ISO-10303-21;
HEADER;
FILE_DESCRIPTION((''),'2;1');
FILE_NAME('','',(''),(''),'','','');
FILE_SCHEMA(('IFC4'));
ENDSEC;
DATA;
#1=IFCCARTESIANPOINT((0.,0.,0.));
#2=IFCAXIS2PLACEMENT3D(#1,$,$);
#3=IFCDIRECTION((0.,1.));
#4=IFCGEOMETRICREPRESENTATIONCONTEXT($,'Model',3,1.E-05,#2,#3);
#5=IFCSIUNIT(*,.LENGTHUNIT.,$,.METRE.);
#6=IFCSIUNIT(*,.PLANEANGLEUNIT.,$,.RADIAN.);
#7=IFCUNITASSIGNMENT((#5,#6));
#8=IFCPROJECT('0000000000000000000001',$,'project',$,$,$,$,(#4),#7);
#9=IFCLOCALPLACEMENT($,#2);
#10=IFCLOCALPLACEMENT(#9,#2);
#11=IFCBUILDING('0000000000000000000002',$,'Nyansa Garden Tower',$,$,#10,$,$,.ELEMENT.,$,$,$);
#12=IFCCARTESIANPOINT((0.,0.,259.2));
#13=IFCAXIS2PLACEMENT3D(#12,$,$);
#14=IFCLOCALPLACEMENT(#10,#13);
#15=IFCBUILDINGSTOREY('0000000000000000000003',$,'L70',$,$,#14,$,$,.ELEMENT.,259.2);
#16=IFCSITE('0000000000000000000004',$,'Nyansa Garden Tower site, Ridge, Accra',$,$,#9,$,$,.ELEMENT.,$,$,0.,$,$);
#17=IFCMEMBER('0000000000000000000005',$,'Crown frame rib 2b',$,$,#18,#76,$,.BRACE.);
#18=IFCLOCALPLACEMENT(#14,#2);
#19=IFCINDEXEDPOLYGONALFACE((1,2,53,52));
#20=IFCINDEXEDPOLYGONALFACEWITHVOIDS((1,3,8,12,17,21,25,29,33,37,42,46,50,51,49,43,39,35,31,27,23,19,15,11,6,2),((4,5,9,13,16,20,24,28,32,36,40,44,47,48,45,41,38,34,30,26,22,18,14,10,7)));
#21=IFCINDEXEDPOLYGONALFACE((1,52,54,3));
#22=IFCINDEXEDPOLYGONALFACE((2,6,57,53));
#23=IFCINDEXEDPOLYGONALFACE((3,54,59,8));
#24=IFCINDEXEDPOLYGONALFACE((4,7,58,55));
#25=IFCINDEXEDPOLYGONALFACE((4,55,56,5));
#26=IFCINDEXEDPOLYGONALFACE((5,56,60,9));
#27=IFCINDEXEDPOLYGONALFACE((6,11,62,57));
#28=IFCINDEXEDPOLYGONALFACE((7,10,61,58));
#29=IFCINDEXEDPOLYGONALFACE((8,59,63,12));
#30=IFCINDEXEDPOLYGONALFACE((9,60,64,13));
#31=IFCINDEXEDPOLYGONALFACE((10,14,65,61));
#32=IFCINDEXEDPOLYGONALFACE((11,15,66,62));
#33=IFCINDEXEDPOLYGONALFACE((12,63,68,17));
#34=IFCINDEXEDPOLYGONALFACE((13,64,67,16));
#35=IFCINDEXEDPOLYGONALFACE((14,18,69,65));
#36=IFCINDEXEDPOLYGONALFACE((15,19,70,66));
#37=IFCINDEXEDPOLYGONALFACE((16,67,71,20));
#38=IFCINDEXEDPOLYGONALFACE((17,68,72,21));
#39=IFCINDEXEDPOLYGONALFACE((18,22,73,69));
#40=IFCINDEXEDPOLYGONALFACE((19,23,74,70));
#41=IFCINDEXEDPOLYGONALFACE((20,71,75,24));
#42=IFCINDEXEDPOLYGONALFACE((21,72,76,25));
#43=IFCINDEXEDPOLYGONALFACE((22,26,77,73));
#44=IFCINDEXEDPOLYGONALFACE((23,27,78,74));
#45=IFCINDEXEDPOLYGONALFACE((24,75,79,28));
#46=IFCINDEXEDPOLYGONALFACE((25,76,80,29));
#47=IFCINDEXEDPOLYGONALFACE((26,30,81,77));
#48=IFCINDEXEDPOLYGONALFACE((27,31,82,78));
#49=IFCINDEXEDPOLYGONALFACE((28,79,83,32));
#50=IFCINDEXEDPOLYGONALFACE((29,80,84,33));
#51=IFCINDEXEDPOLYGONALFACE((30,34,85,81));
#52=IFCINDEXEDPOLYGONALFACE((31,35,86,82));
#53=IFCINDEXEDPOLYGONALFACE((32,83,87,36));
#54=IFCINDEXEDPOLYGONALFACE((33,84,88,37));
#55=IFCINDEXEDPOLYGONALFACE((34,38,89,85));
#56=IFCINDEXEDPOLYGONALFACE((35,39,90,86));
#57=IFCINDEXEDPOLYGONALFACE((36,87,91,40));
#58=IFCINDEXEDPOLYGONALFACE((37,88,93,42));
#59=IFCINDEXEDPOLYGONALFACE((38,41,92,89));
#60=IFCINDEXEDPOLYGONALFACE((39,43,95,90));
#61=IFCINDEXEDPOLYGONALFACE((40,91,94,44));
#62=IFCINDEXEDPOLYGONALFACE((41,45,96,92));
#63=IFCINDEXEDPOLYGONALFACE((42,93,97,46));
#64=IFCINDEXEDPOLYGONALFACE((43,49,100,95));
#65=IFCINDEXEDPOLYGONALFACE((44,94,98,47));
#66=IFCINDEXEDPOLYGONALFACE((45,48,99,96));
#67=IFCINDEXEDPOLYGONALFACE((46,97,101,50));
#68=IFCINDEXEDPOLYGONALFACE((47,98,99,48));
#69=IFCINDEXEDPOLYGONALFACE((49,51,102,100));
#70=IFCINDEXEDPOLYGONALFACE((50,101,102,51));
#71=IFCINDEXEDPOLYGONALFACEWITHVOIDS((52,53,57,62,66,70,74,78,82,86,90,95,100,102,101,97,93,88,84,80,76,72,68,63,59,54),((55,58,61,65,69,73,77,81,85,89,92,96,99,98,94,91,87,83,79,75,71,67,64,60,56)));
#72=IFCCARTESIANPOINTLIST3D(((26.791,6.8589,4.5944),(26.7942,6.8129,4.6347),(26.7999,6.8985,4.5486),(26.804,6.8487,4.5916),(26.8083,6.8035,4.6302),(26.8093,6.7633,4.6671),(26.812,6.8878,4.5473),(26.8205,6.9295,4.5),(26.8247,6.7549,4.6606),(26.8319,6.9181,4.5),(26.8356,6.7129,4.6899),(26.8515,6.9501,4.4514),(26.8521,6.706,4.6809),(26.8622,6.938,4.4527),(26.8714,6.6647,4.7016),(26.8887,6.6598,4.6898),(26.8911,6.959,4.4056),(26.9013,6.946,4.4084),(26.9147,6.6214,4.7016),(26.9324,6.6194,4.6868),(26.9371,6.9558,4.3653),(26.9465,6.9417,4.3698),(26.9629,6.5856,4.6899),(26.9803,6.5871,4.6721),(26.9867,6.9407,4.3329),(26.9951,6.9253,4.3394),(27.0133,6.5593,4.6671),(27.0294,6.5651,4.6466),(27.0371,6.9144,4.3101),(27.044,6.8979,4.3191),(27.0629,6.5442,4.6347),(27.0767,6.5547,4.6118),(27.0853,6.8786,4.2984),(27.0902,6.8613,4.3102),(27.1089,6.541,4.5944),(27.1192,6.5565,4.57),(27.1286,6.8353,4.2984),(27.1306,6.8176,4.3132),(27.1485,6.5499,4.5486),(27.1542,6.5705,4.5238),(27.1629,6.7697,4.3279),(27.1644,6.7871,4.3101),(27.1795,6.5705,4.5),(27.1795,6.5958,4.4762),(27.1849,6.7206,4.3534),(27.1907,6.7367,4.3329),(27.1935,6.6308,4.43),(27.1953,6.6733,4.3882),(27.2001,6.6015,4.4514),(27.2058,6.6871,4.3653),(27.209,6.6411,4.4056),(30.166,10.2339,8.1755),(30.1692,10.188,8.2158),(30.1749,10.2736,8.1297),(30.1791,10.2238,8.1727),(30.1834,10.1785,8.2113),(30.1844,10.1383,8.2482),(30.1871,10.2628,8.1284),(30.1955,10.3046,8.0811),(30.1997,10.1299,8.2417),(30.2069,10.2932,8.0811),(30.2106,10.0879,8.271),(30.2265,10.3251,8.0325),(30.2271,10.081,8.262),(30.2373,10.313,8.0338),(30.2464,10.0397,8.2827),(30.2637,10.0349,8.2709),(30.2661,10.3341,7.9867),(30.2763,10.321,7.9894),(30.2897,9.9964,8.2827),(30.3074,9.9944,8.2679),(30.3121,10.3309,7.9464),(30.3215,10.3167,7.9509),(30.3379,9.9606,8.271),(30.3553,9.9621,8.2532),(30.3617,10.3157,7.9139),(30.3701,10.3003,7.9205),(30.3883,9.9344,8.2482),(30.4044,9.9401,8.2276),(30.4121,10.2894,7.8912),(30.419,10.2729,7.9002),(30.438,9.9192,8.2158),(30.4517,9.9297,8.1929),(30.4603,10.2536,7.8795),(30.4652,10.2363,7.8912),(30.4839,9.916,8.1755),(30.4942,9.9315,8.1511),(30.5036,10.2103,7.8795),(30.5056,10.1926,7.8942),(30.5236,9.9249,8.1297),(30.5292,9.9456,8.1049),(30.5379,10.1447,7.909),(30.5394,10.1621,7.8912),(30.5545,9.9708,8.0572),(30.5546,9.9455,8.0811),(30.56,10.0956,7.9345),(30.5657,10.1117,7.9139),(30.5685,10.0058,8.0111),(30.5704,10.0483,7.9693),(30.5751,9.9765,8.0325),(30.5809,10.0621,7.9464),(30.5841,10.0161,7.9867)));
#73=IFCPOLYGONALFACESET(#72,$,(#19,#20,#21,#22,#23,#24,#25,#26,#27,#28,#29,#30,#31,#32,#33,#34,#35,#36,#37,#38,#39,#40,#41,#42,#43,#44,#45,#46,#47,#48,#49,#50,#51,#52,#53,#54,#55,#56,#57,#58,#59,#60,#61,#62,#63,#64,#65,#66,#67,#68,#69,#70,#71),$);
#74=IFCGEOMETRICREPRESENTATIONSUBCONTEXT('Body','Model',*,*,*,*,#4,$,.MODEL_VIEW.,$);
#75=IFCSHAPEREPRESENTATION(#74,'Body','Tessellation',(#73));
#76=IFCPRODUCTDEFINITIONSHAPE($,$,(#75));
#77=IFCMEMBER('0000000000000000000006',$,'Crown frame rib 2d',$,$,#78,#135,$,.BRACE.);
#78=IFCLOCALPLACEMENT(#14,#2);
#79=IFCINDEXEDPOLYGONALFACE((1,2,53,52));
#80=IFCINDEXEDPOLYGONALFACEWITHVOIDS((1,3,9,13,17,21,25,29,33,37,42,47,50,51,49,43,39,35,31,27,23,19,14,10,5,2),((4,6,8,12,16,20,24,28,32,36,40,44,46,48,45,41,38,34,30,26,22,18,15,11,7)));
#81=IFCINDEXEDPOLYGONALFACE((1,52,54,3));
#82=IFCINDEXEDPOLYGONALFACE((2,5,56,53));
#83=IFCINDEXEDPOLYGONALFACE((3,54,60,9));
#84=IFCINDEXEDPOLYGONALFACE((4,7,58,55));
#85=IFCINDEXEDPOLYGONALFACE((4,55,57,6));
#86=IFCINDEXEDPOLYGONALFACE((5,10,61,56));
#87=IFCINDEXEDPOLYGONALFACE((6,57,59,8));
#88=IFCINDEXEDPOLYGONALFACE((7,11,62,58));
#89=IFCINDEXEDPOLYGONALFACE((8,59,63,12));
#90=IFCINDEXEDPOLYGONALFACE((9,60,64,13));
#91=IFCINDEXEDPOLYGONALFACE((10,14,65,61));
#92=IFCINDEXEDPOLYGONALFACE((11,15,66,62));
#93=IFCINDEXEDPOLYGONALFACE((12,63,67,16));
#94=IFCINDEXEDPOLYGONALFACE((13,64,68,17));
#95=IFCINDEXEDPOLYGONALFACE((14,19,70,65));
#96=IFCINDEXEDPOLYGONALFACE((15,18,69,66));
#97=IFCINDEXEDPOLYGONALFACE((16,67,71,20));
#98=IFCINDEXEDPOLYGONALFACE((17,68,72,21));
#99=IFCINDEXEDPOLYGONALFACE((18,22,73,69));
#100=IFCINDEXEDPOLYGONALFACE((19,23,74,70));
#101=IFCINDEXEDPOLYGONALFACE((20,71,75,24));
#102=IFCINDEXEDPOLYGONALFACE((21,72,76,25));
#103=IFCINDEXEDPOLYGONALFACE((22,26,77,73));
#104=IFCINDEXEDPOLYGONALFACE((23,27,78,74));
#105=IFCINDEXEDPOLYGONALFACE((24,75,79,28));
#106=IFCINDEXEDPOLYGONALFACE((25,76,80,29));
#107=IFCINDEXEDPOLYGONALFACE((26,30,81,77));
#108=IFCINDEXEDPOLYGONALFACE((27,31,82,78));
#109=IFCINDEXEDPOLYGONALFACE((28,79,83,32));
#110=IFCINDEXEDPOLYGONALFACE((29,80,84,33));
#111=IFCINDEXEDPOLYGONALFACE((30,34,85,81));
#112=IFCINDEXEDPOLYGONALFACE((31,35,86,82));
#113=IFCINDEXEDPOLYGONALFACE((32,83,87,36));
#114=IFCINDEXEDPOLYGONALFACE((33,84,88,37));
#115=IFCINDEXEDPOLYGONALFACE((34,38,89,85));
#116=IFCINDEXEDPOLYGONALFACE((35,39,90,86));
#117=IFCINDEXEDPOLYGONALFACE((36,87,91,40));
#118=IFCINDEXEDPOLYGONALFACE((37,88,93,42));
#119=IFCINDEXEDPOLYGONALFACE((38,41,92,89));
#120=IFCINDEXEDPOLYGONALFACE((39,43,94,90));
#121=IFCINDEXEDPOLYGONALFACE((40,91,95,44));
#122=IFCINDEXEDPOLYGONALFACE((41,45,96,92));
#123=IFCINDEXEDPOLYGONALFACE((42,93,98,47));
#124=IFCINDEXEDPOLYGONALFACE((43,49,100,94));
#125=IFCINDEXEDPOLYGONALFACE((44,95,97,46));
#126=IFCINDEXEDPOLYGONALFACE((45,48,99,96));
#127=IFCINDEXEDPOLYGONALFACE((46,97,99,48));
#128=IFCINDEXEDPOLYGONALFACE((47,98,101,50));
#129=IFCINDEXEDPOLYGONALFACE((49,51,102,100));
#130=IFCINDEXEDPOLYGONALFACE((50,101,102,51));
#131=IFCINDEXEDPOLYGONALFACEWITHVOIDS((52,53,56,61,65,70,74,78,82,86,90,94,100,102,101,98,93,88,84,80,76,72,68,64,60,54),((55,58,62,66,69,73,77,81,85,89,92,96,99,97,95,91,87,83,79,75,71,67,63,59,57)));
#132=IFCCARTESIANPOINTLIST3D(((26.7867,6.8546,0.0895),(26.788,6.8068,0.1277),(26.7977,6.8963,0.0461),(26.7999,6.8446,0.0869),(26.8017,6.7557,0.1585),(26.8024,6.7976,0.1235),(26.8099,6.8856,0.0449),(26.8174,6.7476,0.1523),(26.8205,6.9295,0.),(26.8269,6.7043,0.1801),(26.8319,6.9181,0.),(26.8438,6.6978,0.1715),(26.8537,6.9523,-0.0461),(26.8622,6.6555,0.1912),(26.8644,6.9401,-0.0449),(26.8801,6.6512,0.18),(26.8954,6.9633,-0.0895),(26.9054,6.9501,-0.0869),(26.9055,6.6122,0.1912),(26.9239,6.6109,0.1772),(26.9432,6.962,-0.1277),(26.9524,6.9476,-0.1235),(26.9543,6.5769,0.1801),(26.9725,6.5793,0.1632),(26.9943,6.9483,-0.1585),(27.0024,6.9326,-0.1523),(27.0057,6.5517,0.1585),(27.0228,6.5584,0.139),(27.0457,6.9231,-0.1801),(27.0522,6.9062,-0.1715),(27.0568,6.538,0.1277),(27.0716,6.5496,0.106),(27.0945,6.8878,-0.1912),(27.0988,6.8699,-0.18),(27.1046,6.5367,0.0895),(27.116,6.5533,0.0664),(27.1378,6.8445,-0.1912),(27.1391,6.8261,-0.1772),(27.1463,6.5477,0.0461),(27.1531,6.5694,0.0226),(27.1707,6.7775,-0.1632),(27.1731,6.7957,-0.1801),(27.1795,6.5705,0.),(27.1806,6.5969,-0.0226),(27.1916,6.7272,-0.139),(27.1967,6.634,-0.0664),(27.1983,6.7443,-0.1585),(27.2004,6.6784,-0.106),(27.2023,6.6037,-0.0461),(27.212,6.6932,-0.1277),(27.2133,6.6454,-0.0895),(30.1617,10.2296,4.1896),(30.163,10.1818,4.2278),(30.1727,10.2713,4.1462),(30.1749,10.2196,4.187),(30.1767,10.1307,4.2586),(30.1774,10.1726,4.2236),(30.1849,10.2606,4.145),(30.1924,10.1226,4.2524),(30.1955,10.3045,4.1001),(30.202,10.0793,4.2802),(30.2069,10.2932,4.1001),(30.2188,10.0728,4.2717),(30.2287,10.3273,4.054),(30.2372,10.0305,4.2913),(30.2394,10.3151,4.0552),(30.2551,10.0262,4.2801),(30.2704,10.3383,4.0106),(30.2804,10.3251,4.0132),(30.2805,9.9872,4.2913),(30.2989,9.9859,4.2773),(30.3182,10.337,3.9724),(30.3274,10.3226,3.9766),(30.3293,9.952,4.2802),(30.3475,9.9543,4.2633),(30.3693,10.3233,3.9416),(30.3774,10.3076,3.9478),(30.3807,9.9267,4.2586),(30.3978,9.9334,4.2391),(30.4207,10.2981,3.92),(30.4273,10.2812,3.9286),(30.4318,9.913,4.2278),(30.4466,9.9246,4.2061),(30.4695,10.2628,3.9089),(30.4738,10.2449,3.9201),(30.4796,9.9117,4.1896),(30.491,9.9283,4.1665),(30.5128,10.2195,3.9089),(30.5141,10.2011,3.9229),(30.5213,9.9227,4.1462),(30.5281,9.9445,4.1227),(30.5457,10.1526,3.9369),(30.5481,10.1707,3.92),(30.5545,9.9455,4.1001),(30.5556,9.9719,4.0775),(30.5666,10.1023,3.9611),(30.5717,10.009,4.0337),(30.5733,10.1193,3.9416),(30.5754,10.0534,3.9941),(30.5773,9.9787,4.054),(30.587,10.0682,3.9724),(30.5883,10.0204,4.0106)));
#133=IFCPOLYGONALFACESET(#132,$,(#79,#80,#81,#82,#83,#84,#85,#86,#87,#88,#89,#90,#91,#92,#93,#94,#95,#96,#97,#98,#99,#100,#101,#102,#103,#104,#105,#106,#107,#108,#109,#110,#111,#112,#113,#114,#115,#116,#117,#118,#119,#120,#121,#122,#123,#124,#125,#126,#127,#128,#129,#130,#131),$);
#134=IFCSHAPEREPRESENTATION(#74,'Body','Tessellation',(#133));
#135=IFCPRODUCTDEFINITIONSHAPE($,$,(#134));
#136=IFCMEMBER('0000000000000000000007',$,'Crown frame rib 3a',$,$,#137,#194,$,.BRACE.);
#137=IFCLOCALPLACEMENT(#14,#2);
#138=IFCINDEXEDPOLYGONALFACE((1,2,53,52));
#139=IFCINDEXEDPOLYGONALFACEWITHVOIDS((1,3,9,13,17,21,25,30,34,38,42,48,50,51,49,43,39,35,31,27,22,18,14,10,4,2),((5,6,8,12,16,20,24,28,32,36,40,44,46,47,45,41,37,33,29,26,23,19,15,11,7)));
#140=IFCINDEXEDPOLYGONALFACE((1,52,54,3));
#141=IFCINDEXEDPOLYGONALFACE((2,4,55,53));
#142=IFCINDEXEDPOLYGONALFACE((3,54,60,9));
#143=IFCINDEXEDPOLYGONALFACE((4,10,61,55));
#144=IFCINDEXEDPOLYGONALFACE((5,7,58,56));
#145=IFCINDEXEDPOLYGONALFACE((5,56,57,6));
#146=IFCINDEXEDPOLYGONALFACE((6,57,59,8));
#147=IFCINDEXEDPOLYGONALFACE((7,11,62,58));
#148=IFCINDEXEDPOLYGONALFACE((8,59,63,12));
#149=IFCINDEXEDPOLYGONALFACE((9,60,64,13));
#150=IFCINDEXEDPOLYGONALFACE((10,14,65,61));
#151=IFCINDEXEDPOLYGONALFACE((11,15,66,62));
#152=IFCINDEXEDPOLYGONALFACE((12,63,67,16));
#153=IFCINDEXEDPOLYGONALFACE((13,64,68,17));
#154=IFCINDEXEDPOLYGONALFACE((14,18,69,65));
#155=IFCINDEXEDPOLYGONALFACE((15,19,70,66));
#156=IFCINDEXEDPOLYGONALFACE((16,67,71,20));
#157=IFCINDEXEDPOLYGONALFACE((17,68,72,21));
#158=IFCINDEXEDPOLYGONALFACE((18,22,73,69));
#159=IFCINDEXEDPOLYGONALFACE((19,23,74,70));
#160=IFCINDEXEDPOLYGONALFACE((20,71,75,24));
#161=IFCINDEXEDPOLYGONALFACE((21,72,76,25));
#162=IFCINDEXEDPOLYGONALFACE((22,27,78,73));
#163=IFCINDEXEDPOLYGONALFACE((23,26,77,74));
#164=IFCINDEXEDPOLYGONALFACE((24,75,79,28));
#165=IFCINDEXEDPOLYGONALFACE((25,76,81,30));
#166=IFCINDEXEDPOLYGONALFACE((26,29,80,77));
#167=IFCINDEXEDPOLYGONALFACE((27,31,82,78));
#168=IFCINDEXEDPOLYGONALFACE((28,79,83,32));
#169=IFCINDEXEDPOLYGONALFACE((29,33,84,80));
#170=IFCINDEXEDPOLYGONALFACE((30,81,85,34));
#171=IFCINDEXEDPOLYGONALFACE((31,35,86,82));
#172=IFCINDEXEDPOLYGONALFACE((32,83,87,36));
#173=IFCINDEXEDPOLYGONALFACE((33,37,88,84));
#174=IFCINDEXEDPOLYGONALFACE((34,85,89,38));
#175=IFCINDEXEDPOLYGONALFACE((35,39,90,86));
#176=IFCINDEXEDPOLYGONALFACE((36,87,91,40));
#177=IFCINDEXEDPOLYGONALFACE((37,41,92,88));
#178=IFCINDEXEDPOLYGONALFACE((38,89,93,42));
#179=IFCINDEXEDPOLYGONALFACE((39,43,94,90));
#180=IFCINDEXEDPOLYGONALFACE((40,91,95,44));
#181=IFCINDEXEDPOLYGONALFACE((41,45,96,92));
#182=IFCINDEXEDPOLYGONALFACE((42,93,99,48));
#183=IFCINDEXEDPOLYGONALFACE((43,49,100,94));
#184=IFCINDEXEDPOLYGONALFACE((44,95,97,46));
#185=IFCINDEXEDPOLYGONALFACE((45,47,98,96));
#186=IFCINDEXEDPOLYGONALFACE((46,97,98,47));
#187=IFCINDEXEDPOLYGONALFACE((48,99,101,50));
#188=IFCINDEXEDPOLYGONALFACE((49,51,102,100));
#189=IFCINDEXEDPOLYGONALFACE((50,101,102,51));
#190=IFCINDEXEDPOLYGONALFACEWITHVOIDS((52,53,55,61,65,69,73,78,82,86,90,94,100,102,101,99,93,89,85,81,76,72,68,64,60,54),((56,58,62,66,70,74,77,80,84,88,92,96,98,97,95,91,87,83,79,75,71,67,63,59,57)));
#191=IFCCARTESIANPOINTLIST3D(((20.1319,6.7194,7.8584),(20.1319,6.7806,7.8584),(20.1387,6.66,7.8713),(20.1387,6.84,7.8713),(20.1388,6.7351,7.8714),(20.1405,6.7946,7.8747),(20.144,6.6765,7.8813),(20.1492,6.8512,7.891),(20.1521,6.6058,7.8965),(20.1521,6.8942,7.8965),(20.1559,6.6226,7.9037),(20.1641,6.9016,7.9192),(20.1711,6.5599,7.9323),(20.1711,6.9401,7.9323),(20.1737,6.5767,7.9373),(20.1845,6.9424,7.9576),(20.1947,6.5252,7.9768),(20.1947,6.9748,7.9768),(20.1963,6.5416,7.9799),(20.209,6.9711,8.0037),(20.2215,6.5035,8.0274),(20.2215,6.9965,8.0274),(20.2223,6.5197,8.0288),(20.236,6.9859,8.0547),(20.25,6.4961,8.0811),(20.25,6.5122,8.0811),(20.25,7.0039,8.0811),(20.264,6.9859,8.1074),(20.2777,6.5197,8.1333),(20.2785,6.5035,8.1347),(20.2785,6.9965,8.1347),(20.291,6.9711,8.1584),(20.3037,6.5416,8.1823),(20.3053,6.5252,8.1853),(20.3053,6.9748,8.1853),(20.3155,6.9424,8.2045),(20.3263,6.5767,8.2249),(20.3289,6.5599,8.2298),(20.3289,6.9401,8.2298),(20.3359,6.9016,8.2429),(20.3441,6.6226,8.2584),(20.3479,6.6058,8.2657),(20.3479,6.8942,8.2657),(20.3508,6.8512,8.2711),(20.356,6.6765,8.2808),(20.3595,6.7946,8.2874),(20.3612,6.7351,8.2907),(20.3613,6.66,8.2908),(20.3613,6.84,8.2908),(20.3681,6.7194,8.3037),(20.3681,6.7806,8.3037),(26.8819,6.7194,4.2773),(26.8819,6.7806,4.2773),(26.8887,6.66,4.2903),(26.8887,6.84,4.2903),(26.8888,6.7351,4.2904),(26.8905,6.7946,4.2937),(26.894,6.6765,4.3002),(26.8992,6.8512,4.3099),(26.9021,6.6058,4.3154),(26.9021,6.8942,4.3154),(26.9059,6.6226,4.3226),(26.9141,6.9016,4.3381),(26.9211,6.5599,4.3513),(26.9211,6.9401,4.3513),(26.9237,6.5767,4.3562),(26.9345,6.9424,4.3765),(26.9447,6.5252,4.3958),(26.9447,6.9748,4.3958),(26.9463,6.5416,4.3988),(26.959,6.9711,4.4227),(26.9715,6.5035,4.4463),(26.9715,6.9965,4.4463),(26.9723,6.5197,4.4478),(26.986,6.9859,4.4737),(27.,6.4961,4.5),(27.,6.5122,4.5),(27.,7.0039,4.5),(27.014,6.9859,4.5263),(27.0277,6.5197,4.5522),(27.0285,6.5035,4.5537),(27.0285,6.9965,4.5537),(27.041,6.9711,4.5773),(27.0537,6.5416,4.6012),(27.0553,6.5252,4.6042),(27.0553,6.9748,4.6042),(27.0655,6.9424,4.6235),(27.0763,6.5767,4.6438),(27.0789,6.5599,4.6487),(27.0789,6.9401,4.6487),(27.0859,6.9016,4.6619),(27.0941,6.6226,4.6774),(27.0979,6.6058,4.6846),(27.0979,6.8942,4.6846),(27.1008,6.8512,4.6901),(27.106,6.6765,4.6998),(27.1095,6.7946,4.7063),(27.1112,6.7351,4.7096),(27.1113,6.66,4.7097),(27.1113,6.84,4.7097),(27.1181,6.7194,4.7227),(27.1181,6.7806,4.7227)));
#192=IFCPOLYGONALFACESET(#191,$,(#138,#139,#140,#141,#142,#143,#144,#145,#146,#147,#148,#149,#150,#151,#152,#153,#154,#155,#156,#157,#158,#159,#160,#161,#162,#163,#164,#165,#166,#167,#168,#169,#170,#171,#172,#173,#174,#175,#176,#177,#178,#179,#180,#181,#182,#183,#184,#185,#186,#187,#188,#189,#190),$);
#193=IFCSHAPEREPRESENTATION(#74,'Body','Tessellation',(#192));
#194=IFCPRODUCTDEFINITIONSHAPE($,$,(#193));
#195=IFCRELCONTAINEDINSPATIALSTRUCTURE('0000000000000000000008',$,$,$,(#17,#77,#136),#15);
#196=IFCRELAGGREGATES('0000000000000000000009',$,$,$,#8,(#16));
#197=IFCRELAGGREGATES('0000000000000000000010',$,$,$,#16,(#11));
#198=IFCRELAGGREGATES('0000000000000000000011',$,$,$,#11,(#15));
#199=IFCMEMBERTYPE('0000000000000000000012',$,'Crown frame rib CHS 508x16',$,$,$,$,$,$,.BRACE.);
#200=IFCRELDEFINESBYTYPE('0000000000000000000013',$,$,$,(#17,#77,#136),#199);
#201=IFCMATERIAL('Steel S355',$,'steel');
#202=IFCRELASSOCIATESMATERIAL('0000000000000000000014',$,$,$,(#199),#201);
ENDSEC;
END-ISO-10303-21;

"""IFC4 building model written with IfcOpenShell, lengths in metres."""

from ifc_helpers import new_model, si_unit, direction, frame, origin, origin_2d, place, context, subcontext, project, spatial, hollow_circle, extrude, material, material_profile, profile_set, type_object, element, save


model = new_model("IFC4")

# Units and contexts
model_context = context("Model", 3, precision=1e-05, world=origin(), true_north=direction((0.0, 1.0)))
body_context = subcontext(model_context, "Body", "Model", "MODEL_VIEW")
ifc_project = project(units=[si_unit("LENGTHUNIT", "METRE"), si_unit("PLANEANGLEUNIT", "RADIAN")], contexts=[model_context])

# Site, building, storey
site_placement = place(None, origin())
site = spatial("IfcSite", under=ifc_project, at=site_placement, Name="Nyansa Garden Tower site, Ridge, Accra", CompositionType="ELEMENT", RefElevation=0.0)
building_placement = place(site_placement, origin())
building = spatial("IfcBuilding", under=site, at=building_placement, Name="Nyansa Garden Tower", CompositionType="ELEMENT")
storey_placement = place(building_placement, frame((0.0, 0.0, 259.2)))
storey = spatial("IfcBuildingStorey", under=building, at=storey_placement, Name="L70", CompositionType="ELEMENT", Elevation=259.2)

# Members
ifc_material_1 = material(Name="Steel S355", Category="steel")
ifc_material_profile_1 = material_profile(ifc_material_1, hollow_circle(Radius=0.2539, WallThickness=0.0161, at=origin_2d()), Name="CHS 508x16")
ifc_profile_set_1 = profile_set([ifc_material_profile_1], Name="Steel S355")
member_type = type_object("IfcMemberType", Name="Crown frame rib CHS 508x16", PredefinedType="BRACE", material=ifc_profile_set_1)
member_1_placement = place(storey_placement, frame((27.0, 6.75, 4.5), z_axis=(0.56561, 0.56561, 0.600142), x_axis=(-0.707107, 0.707107, 0.0)))
element("IfcMember", 1, at=member_1_placement, inside=storey, type_object=member_type, Name="Crown frame rib 2b", PredefinedType="BRACE", context=body_context, shape_type="SweptSolid", body=[
    extrude(hollow_circle(Radius=0.2539, WallThickness=0.0161, at=origin_2d()), origin(), (0.0, 0.0, 1.0), 5.967),
])
member_2_placement = place(storey_placement, frame((27.0, 6.75, 0.0), z_axis=(0.536377, 0.536377, 0.651614), x_axis=(-0.707107, 0.707107, 0.0)))
element("IfcMember", 2, at=member_2_placement, inside=storey, type_object=member_type, Name="Crown frame rib 2d", PredefinedType="BRACE", context=body_context, shape_type="SweptSolid", body=[
    extrude(hollow_circle(Radius=0.2539, WallThickness=0.0161, at=origin_2d()), origin(), (0.0, 0.0, 1.0), 6.2922),
])
for number, where, z_axis, x_axis, name in (
    (3, (27.0, 6.75, 4.5), (-0.88338, 0.0, 0.468657), (0.0, -1.0, 0.0), "Crown frame rib 3a"),
):
    element("IfcMember", number, at=place(storey_placement, frame(where, z_axis=z_axis, x_axis=x_axis)), inside=storey, type_object=member_type, Name=name, PredefinedType="BRACE", context=body_context, shape_type="SweptSolid", body=[
        extrude(hollow_circle(Radius=0.2539, WallThickness=0.0161, at=origin_2d()), origin(), (0.0, 0.0, 1.0), 7.6411),
    ])

save(model, "model.ifc")
